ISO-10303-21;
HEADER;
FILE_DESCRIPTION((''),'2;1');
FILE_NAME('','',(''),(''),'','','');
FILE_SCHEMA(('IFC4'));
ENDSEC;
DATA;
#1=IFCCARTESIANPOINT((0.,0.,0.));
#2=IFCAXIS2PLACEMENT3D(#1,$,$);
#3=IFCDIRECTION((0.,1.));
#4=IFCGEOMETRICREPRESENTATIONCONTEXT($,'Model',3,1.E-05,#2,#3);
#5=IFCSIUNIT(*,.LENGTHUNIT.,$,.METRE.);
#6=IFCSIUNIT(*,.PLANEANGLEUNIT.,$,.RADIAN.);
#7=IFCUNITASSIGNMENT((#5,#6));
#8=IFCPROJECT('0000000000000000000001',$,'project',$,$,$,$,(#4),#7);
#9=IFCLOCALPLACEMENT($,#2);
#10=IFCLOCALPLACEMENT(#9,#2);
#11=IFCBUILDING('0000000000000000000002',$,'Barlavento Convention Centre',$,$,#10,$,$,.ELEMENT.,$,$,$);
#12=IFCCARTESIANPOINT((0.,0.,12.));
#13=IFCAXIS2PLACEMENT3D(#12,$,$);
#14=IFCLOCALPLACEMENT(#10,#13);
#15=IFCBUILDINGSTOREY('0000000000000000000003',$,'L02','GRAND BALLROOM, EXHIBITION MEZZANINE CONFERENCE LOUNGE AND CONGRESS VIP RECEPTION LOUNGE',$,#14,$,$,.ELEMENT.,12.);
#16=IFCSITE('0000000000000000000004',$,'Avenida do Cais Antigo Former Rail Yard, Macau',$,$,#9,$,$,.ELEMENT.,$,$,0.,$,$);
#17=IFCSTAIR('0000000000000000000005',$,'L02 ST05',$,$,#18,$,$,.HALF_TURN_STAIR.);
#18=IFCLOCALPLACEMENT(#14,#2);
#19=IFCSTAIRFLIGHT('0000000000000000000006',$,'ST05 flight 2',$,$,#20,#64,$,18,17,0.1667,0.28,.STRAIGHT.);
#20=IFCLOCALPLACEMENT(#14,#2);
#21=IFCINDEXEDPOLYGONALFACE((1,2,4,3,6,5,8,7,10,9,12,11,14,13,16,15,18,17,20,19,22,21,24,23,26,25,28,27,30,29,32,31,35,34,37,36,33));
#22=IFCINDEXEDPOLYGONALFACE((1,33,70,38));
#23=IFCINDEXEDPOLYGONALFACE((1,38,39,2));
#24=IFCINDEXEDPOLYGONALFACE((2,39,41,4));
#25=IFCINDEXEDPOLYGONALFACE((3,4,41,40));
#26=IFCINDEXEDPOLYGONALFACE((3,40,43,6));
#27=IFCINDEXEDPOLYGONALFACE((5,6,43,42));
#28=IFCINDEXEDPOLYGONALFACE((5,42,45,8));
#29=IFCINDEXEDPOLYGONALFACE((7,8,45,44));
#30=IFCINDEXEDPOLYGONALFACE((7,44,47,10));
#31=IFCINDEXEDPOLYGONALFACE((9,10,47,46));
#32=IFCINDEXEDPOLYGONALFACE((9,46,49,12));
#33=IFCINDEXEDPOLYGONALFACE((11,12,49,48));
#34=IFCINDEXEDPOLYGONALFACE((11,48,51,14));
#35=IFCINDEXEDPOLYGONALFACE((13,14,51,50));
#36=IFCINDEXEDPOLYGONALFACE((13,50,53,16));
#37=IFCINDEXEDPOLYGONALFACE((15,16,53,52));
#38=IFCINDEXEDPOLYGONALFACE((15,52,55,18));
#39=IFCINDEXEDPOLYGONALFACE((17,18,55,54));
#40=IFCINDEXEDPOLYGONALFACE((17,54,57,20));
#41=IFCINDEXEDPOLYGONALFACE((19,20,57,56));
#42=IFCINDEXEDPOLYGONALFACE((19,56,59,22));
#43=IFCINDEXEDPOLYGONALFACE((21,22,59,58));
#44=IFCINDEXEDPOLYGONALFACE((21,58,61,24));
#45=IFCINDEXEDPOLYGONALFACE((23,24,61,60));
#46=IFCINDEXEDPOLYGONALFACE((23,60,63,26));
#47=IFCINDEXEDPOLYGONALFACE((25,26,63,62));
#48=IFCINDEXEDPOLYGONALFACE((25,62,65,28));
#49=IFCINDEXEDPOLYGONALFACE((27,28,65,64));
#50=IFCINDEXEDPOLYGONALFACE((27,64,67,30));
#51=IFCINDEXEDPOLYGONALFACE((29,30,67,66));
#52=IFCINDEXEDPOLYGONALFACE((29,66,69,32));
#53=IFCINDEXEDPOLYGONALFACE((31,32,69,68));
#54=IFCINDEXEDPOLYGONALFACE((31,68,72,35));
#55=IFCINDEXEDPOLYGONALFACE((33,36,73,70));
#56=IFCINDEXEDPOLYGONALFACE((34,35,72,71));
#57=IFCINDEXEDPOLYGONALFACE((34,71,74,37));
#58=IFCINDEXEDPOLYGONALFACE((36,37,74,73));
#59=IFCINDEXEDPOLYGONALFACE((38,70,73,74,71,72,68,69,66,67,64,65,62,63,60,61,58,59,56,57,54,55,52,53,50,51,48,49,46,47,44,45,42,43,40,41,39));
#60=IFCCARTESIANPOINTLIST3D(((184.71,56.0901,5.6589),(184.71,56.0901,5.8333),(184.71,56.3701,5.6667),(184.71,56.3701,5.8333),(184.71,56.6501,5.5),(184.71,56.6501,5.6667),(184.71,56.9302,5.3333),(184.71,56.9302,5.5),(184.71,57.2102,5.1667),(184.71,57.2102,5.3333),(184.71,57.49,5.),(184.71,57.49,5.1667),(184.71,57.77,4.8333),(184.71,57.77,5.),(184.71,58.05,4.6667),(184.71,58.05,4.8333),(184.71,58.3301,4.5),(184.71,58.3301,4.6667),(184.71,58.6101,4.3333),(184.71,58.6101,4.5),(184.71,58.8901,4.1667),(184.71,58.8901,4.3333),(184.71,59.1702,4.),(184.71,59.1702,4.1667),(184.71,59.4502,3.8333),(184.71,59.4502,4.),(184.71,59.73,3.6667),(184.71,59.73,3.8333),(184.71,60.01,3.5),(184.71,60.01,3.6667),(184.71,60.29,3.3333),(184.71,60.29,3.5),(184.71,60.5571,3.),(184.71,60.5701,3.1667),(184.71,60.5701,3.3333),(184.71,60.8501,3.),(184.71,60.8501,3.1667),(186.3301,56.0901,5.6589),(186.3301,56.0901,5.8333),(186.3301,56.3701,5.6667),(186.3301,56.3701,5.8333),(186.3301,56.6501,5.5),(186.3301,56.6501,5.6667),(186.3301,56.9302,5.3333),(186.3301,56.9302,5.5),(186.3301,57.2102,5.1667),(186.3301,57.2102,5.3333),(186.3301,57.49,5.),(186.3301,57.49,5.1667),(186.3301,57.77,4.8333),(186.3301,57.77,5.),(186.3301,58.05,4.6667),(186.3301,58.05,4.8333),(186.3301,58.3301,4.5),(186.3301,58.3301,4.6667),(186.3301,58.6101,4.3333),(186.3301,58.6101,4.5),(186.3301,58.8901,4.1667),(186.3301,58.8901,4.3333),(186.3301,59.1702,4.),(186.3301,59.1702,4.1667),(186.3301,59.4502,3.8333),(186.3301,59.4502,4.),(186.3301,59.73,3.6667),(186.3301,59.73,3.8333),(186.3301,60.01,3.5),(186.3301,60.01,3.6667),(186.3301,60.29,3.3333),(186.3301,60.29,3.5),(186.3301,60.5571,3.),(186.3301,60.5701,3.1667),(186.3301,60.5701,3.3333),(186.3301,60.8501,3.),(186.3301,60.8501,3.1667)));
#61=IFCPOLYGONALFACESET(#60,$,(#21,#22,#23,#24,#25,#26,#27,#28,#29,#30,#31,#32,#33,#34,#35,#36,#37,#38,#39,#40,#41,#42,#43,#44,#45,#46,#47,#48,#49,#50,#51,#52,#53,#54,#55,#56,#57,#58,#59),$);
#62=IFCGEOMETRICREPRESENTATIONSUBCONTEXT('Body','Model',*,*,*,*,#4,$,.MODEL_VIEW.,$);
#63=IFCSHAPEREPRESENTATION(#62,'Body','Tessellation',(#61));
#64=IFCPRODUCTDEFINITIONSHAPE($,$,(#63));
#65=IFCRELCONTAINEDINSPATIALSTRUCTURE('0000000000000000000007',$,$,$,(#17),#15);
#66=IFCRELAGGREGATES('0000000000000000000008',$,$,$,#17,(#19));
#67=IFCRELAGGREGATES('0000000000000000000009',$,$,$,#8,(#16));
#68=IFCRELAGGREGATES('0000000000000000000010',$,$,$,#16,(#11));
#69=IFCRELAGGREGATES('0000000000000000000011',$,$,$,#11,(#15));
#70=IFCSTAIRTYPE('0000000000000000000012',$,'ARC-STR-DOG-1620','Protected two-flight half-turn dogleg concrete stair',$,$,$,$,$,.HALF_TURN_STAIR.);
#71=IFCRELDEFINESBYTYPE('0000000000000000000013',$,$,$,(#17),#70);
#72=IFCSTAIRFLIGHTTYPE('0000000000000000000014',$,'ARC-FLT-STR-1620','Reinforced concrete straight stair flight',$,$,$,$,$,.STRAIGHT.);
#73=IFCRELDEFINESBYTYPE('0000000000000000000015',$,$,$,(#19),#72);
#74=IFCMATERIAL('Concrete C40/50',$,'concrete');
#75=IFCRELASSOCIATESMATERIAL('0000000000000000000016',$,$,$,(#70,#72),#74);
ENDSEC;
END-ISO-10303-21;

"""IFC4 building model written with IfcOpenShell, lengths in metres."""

from ifc_helpers import new_model, si_unit, direction, frame, origin, place, context, subcontext, project, spatial, polyline, outline, extrude, material, type_object, element, aggregate, save


model = new_model("IFC4")

# Units and contexts
model_context = context("Model", 3, precision=1e-05, world=origin(), true_north=direction((0.0, 1.0)))
body_context = subcontext(model_context, "Body", "Model", "MODEL_VIEW")
ifc_project = project(units=[si_unit("LENGTHUNIT", "METRE"), si_unit("PLANEANGLEUNIT", "RADIAN")], contexts=[model_context])

# Site, building, storey
site_placement = place(None, origin())
site = spatial("IfcSite", under=ifc_project, at=site_placement, Name="Avenida do Cais Antigo Former Rail Yard, Macau", CompositionType="ELEMENT", RefElevation=0.0)
building_placement = place(site_placement, origin())
building = spatial("IfcBuilding", under=site, at=building_placement, Name="Barlavento Convention Centre", CompositionType="ELEMENT")
storey_placement = place(building_placement, frame((0.0, 0.0, 12.0)))
storey = spatial("IfcBuildingStorey", under=building, at=storey_placement, Name="L02", Description="GRAND BALLROOM, EXHIBITION MEZZANINE CONFERENCE LOUNGE AND CONGRESS VIP RECEPTION LOUNGE", CompositionType="ELEMENT", Elevation=12.0)

# Stair, stair flight
ifc_material_1 = material(Name="Concrete C40/50", Category="concrete")
stair_type = type_object("IfcStairType", Name="ARC-STR-DOG-1620", Description="Protected two-flight half-turn dogleg concrete stair", PredefinedType="HALF_TURN_STAIR", material=ifc_material_1)
stair_placement = place(storey_placement, origin())
stair = element("IfcStair", 1, at=stair_placement, inside=storey, type_object=stair_type, Name="L02 ST05", PredefinedType="HALF_TURN_STAIR")
stair_flight_type = type_object("IfcStairFlightType", Name="ARC-FLT-STR-1620", Description="Reinforced concrete straight stair flight", PredefinedType="STRAIGHT", material=ifc_material_1)
stair_flight_1_placement = place(storey_placement, frame((185.52, 60.8501, 3.0), z_axis=(0.0, 0.0, 1.0), x_axis=(0.0, -1.0, 0.0)))
stair_flight_1 = element("IfcStairFlight", 2, at=stair_flight_1_placement, type_object=stair_flight_type, Name="ST05 flight 2", NumberOfRisers=18, NumberOfTreads=17, PredefinedType="STRAIGHT", RiserHeight=0.1667, TreadLength=0.28, context=body_context, shape_type="SweptSolid", body=[
    extrude(outline(polyline([(0.0, 0.0), (0.0, 0.1667), (0.28, 0.1667), (0.28, 0.3333), (0.5601, 0.3333), (0.5601, 0.5), (0.8401, 0.5), (0.8401, 0.6667), (1.1201, 0.6667), (1.1201, 0.8333), (1.3999, 0.8333), (1.3999, 1.0), (1.6799, 1.0), (1.6799, 1.1667), (1.96, 1.1667), (1.96, 1.3333), (2.24, 1.3333), (2.24, 1.5), (2.52, 1.5), (2.52, 1.6667), (2.8, 1.6667), (2.8, 1.8333), (3.0801, 1.8333), (3.0801, 2.0), (3.3601, 2.0), (3.3601, 2.1667), (3.6399, 2.1667), (3.6399, 2.3333), (3.9199, 2.3333), (3.9199, 2.5), (4.2, 2.5), (4.2, 2.6667), (4.48, 2.6667), (4.48, 2.8333), (4.76, 2.8333), (4.76, 3.0), (4.76, 2.6589), (0.293, 0.0), (0.0, 0.0)])), frame((0.0, 0.8101, 0.0), z_axis=(0.0, -1.0, 0.0), x_axis=(1.0, 0.0, 0.0)), (0.0, 0.0, 1.0), 1.6201),
])
aggregate(stair, [stair_flight_1])

save(model, "model.ifc")
